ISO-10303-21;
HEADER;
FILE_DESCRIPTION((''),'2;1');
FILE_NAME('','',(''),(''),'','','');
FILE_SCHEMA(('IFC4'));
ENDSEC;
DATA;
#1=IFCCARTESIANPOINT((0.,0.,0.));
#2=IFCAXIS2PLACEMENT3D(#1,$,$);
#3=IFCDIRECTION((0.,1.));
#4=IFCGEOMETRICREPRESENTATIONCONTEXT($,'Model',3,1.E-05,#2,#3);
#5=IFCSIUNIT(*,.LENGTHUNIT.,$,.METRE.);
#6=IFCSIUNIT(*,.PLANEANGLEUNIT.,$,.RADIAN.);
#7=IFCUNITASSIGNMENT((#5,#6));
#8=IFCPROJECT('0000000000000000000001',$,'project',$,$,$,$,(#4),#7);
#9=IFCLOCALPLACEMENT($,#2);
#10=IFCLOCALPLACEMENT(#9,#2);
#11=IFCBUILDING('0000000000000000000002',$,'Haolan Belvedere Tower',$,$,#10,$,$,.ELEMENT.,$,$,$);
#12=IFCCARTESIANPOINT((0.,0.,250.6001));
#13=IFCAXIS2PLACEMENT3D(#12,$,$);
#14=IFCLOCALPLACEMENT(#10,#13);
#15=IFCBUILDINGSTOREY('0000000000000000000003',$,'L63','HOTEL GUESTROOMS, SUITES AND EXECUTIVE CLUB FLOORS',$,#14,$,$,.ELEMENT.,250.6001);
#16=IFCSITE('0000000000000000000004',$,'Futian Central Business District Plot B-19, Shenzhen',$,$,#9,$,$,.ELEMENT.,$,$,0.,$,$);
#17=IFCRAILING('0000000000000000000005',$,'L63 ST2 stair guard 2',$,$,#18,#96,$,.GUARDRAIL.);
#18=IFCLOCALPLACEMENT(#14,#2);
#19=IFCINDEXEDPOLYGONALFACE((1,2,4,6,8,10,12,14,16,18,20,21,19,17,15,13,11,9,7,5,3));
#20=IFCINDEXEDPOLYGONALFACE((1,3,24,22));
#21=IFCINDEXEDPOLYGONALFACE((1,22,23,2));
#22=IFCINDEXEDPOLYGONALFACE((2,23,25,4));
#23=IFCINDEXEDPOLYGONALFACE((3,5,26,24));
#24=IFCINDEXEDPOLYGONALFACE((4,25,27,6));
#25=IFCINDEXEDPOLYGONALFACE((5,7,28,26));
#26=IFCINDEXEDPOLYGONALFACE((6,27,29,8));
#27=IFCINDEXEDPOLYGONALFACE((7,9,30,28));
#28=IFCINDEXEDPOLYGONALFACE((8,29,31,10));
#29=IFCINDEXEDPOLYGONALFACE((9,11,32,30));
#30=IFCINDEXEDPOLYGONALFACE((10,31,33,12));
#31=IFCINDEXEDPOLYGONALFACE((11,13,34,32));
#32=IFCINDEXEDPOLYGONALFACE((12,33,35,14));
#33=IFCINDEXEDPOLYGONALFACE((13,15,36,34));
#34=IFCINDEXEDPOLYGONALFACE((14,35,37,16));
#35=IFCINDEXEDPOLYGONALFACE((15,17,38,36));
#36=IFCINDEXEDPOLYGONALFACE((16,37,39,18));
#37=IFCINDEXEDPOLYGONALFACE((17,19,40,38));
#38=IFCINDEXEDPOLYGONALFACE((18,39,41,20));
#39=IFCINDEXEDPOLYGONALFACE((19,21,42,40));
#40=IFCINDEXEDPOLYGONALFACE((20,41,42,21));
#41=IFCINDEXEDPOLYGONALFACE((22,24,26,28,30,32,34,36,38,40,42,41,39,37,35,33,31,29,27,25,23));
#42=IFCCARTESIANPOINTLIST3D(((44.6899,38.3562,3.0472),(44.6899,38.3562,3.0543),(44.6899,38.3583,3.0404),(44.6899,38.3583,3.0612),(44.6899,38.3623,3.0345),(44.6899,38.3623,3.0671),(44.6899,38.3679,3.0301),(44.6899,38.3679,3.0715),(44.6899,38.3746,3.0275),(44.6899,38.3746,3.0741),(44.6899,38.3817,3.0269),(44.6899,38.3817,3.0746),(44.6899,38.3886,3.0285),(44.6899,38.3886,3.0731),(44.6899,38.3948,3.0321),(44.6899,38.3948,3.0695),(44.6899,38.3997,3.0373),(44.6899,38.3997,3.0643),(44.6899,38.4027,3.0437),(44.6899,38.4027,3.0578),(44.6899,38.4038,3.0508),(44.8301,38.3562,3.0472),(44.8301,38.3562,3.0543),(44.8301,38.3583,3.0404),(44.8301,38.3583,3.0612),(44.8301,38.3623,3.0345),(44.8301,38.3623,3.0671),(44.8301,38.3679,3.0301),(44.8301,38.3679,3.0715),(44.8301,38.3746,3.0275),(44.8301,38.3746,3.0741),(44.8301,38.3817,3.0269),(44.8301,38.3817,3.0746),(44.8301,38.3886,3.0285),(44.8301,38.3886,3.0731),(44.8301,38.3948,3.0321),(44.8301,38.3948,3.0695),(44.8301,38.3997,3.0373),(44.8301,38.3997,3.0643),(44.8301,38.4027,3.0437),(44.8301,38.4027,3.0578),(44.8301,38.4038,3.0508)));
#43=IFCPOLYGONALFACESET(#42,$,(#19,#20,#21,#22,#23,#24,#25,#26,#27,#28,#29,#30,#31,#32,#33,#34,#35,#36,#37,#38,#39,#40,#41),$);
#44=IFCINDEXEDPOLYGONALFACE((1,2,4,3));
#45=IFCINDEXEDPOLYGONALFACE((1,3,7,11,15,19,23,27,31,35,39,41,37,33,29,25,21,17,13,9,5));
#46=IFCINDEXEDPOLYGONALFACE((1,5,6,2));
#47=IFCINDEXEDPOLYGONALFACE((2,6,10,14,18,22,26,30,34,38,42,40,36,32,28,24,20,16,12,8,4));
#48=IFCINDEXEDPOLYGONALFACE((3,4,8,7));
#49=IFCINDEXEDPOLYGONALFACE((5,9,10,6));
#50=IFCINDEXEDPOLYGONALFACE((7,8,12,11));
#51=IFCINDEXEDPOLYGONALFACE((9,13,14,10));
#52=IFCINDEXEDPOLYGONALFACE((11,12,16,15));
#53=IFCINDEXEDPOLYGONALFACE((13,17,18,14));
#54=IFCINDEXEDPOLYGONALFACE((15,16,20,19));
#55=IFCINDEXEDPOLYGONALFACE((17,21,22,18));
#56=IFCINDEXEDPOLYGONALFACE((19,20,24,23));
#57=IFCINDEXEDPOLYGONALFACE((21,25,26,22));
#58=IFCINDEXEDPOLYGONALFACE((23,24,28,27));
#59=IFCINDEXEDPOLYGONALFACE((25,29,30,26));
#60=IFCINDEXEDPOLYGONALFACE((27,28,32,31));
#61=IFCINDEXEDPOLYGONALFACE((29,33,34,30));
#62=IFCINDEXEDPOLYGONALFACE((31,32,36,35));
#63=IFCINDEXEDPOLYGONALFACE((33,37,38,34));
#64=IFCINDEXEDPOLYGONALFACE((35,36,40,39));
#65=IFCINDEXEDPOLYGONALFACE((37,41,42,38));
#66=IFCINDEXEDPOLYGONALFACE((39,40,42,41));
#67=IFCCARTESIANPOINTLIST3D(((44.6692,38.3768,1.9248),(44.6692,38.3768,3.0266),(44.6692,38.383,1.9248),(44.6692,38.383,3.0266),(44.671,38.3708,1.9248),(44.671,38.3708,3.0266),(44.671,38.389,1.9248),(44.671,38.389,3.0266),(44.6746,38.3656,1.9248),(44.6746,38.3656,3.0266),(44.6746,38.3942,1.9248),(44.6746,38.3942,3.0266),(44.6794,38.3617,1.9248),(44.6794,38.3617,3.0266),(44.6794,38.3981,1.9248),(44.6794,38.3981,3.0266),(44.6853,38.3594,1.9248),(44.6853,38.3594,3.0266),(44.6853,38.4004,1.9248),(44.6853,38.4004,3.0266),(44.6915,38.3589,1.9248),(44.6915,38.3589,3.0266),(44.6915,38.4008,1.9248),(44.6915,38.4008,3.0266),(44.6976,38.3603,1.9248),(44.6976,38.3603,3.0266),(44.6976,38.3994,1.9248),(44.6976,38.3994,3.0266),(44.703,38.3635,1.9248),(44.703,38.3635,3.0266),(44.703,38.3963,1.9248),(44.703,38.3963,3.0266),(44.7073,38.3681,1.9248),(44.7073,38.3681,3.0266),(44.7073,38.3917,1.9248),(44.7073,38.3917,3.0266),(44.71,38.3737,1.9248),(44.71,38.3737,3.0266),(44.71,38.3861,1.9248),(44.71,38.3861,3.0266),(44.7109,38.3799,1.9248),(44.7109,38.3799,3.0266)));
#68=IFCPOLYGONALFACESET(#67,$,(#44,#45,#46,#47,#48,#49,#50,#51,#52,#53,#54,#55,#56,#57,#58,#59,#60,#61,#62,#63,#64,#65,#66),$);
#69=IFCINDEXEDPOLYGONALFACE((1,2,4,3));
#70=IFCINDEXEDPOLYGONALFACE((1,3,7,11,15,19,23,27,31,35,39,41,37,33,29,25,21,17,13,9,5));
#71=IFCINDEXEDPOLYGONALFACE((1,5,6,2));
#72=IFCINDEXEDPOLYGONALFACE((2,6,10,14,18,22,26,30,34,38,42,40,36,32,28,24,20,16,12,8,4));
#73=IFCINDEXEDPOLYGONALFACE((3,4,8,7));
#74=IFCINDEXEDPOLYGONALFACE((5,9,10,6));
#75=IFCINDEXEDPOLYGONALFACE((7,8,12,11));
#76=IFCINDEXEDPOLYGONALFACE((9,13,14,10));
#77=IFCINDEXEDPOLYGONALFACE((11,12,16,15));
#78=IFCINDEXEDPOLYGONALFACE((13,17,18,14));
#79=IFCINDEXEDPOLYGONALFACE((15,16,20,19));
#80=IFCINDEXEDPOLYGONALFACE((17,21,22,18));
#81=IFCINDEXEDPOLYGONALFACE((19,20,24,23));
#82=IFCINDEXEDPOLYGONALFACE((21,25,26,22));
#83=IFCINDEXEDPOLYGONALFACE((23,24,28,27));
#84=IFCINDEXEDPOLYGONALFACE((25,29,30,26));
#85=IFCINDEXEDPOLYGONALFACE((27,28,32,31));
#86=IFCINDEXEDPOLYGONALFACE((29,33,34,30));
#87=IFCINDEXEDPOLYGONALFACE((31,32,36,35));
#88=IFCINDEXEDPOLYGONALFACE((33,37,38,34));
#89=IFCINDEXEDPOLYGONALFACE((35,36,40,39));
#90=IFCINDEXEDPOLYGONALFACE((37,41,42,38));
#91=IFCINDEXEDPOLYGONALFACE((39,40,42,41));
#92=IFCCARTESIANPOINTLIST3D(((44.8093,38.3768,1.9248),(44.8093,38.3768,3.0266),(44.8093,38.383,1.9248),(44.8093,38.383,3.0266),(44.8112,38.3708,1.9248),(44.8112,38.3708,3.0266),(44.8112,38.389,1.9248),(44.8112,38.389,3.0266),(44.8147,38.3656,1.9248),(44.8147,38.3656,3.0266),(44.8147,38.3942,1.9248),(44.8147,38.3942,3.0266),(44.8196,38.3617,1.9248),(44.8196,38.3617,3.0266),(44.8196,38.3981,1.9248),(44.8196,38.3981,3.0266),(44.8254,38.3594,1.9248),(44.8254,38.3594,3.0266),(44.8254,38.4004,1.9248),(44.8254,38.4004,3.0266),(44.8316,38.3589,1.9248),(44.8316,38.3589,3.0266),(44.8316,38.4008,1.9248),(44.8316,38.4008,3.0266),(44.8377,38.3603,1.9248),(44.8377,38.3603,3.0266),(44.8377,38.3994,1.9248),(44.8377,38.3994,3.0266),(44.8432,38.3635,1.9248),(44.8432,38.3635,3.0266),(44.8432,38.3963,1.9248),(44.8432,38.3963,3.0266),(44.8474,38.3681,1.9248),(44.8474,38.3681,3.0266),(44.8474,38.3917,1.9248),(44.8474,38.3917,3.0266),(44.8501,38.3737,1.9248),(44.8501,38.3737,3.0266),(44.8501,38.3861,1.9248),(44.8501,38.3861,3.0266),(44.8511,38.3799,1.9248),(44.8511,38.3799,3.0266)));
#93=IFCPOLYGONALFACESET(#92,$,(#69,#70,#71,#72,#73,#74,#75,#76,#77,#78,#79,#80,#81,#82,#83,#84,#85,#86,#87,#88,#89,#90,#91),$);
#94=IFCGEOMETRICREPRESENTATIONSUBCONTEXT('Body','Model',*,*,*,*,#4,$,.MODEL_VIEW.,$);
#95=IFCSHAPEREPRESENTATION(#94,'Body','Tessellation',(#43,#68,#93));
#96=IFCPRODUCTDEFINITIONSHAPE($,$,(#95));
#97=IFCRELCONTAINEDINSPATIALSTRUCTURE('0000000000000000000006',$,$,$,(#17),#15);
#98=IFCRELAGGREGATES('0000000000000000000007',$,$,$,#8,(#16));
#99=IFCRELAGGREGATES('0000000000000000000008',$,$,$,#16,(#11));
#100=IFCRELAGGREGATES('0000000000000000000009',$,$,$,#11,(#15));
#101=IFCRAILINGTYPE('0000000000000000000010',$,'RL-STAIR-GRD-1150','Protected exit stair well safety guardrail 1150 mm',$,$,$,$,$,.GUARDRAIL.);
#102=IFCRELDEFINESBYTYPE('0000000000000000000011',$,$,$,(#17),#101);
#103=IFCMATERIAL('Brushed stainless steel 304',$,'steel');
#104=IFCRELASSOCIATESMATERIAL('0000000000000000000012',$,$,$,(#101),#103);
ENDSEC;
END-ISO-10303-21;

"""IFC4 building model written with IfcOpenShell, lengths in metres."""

from ifc_helpers import new_model, si_unit, direction, frame, origin, origin_2d, place, context, subcontext, project, spatial, circle, extrude, material, type_object, element, save


model = new_model("IFC4")

# Units and contexts
model_context = context("Model", 3, precision=1e-05, world=origin(), true_north=direction((0.0, 1.0)))
body_context = subcontext(model_context, "Body", "Model", "MODEL_VIEW")
ifc_project = project(units=[si_unit("LENGTHUNIT", "METRE"), si_unit("PLANEANGLEUNIT", "RADIAN")], contexts=[model_context])

# Site, building, storey
site_placement = place(None, origin())
site = spatial("IfcSite", under=ifc_project, at=site_placement, Name="Futian Central Business District Plot B-19, Shenzhen", CompositionType="ELEMENT", RefElevation=0.0)
building_placement = place(site_placement, origin())
building = spatial("IfcBuilding", under=site, at=building_placement, Name="Haolan Belvedere Tower", CompositionType="ELEMENT")
storey_placement = place(building_placement, frame((0.0, 0.0, 250.6001)))
storey = spatial("IfcBuildingStorey", under=building, at=storey_placement, Name="L63", Description="HOTEL GUESTROOMS, SUITES AND EXECUTIVE CLUB FLOORS", CompositionType="ELEMENT", Elevation=250.6001)

# Railing
ifc_material_1 = material(Name="Brushed stainless steel 304", Category="steel")
railing_type = type_object("IfcRailingType", Name="RL-STAIR-GRD-1150", Description="Protected exit stair well safety guardrail 1150 mm", PredefinedType="GUARDRAIL", material=ifc_material_1)
railing_1_placement = place(storey_placement, frame((44.6899, 38.3799, 1.9248)))
element("IfcRailing", 1, at=railing_1_placement, inside=storey, type_object=railing_type, Name="L63 ST2 stair guard 2", PredefinedType="GUARDRAIL", context=body_context, shape_type="SweptSolid", body=[
    extrude(circle(Radius=0.0239, at=origin_2d()), frame((0.0, 0.0, 1.126), z_axis=(1.0, 0.0, 0.0), x_axis=(0.0, 1.0, 0.0)), (0.0, 0.0, 1.0), 0.1401),
    extrude(circle(Radius=0.021, at=origin_2d()), origin(), (0.0, 0.0, 1.0), 1.1018),
    extrude(circle(Radius=0.021, at=origin_2d()), frame((0.1401, 0.0, 0.0)), (0.0, 0.0, 1.0), 1.1018),
])

save(model, "model.ifc")
